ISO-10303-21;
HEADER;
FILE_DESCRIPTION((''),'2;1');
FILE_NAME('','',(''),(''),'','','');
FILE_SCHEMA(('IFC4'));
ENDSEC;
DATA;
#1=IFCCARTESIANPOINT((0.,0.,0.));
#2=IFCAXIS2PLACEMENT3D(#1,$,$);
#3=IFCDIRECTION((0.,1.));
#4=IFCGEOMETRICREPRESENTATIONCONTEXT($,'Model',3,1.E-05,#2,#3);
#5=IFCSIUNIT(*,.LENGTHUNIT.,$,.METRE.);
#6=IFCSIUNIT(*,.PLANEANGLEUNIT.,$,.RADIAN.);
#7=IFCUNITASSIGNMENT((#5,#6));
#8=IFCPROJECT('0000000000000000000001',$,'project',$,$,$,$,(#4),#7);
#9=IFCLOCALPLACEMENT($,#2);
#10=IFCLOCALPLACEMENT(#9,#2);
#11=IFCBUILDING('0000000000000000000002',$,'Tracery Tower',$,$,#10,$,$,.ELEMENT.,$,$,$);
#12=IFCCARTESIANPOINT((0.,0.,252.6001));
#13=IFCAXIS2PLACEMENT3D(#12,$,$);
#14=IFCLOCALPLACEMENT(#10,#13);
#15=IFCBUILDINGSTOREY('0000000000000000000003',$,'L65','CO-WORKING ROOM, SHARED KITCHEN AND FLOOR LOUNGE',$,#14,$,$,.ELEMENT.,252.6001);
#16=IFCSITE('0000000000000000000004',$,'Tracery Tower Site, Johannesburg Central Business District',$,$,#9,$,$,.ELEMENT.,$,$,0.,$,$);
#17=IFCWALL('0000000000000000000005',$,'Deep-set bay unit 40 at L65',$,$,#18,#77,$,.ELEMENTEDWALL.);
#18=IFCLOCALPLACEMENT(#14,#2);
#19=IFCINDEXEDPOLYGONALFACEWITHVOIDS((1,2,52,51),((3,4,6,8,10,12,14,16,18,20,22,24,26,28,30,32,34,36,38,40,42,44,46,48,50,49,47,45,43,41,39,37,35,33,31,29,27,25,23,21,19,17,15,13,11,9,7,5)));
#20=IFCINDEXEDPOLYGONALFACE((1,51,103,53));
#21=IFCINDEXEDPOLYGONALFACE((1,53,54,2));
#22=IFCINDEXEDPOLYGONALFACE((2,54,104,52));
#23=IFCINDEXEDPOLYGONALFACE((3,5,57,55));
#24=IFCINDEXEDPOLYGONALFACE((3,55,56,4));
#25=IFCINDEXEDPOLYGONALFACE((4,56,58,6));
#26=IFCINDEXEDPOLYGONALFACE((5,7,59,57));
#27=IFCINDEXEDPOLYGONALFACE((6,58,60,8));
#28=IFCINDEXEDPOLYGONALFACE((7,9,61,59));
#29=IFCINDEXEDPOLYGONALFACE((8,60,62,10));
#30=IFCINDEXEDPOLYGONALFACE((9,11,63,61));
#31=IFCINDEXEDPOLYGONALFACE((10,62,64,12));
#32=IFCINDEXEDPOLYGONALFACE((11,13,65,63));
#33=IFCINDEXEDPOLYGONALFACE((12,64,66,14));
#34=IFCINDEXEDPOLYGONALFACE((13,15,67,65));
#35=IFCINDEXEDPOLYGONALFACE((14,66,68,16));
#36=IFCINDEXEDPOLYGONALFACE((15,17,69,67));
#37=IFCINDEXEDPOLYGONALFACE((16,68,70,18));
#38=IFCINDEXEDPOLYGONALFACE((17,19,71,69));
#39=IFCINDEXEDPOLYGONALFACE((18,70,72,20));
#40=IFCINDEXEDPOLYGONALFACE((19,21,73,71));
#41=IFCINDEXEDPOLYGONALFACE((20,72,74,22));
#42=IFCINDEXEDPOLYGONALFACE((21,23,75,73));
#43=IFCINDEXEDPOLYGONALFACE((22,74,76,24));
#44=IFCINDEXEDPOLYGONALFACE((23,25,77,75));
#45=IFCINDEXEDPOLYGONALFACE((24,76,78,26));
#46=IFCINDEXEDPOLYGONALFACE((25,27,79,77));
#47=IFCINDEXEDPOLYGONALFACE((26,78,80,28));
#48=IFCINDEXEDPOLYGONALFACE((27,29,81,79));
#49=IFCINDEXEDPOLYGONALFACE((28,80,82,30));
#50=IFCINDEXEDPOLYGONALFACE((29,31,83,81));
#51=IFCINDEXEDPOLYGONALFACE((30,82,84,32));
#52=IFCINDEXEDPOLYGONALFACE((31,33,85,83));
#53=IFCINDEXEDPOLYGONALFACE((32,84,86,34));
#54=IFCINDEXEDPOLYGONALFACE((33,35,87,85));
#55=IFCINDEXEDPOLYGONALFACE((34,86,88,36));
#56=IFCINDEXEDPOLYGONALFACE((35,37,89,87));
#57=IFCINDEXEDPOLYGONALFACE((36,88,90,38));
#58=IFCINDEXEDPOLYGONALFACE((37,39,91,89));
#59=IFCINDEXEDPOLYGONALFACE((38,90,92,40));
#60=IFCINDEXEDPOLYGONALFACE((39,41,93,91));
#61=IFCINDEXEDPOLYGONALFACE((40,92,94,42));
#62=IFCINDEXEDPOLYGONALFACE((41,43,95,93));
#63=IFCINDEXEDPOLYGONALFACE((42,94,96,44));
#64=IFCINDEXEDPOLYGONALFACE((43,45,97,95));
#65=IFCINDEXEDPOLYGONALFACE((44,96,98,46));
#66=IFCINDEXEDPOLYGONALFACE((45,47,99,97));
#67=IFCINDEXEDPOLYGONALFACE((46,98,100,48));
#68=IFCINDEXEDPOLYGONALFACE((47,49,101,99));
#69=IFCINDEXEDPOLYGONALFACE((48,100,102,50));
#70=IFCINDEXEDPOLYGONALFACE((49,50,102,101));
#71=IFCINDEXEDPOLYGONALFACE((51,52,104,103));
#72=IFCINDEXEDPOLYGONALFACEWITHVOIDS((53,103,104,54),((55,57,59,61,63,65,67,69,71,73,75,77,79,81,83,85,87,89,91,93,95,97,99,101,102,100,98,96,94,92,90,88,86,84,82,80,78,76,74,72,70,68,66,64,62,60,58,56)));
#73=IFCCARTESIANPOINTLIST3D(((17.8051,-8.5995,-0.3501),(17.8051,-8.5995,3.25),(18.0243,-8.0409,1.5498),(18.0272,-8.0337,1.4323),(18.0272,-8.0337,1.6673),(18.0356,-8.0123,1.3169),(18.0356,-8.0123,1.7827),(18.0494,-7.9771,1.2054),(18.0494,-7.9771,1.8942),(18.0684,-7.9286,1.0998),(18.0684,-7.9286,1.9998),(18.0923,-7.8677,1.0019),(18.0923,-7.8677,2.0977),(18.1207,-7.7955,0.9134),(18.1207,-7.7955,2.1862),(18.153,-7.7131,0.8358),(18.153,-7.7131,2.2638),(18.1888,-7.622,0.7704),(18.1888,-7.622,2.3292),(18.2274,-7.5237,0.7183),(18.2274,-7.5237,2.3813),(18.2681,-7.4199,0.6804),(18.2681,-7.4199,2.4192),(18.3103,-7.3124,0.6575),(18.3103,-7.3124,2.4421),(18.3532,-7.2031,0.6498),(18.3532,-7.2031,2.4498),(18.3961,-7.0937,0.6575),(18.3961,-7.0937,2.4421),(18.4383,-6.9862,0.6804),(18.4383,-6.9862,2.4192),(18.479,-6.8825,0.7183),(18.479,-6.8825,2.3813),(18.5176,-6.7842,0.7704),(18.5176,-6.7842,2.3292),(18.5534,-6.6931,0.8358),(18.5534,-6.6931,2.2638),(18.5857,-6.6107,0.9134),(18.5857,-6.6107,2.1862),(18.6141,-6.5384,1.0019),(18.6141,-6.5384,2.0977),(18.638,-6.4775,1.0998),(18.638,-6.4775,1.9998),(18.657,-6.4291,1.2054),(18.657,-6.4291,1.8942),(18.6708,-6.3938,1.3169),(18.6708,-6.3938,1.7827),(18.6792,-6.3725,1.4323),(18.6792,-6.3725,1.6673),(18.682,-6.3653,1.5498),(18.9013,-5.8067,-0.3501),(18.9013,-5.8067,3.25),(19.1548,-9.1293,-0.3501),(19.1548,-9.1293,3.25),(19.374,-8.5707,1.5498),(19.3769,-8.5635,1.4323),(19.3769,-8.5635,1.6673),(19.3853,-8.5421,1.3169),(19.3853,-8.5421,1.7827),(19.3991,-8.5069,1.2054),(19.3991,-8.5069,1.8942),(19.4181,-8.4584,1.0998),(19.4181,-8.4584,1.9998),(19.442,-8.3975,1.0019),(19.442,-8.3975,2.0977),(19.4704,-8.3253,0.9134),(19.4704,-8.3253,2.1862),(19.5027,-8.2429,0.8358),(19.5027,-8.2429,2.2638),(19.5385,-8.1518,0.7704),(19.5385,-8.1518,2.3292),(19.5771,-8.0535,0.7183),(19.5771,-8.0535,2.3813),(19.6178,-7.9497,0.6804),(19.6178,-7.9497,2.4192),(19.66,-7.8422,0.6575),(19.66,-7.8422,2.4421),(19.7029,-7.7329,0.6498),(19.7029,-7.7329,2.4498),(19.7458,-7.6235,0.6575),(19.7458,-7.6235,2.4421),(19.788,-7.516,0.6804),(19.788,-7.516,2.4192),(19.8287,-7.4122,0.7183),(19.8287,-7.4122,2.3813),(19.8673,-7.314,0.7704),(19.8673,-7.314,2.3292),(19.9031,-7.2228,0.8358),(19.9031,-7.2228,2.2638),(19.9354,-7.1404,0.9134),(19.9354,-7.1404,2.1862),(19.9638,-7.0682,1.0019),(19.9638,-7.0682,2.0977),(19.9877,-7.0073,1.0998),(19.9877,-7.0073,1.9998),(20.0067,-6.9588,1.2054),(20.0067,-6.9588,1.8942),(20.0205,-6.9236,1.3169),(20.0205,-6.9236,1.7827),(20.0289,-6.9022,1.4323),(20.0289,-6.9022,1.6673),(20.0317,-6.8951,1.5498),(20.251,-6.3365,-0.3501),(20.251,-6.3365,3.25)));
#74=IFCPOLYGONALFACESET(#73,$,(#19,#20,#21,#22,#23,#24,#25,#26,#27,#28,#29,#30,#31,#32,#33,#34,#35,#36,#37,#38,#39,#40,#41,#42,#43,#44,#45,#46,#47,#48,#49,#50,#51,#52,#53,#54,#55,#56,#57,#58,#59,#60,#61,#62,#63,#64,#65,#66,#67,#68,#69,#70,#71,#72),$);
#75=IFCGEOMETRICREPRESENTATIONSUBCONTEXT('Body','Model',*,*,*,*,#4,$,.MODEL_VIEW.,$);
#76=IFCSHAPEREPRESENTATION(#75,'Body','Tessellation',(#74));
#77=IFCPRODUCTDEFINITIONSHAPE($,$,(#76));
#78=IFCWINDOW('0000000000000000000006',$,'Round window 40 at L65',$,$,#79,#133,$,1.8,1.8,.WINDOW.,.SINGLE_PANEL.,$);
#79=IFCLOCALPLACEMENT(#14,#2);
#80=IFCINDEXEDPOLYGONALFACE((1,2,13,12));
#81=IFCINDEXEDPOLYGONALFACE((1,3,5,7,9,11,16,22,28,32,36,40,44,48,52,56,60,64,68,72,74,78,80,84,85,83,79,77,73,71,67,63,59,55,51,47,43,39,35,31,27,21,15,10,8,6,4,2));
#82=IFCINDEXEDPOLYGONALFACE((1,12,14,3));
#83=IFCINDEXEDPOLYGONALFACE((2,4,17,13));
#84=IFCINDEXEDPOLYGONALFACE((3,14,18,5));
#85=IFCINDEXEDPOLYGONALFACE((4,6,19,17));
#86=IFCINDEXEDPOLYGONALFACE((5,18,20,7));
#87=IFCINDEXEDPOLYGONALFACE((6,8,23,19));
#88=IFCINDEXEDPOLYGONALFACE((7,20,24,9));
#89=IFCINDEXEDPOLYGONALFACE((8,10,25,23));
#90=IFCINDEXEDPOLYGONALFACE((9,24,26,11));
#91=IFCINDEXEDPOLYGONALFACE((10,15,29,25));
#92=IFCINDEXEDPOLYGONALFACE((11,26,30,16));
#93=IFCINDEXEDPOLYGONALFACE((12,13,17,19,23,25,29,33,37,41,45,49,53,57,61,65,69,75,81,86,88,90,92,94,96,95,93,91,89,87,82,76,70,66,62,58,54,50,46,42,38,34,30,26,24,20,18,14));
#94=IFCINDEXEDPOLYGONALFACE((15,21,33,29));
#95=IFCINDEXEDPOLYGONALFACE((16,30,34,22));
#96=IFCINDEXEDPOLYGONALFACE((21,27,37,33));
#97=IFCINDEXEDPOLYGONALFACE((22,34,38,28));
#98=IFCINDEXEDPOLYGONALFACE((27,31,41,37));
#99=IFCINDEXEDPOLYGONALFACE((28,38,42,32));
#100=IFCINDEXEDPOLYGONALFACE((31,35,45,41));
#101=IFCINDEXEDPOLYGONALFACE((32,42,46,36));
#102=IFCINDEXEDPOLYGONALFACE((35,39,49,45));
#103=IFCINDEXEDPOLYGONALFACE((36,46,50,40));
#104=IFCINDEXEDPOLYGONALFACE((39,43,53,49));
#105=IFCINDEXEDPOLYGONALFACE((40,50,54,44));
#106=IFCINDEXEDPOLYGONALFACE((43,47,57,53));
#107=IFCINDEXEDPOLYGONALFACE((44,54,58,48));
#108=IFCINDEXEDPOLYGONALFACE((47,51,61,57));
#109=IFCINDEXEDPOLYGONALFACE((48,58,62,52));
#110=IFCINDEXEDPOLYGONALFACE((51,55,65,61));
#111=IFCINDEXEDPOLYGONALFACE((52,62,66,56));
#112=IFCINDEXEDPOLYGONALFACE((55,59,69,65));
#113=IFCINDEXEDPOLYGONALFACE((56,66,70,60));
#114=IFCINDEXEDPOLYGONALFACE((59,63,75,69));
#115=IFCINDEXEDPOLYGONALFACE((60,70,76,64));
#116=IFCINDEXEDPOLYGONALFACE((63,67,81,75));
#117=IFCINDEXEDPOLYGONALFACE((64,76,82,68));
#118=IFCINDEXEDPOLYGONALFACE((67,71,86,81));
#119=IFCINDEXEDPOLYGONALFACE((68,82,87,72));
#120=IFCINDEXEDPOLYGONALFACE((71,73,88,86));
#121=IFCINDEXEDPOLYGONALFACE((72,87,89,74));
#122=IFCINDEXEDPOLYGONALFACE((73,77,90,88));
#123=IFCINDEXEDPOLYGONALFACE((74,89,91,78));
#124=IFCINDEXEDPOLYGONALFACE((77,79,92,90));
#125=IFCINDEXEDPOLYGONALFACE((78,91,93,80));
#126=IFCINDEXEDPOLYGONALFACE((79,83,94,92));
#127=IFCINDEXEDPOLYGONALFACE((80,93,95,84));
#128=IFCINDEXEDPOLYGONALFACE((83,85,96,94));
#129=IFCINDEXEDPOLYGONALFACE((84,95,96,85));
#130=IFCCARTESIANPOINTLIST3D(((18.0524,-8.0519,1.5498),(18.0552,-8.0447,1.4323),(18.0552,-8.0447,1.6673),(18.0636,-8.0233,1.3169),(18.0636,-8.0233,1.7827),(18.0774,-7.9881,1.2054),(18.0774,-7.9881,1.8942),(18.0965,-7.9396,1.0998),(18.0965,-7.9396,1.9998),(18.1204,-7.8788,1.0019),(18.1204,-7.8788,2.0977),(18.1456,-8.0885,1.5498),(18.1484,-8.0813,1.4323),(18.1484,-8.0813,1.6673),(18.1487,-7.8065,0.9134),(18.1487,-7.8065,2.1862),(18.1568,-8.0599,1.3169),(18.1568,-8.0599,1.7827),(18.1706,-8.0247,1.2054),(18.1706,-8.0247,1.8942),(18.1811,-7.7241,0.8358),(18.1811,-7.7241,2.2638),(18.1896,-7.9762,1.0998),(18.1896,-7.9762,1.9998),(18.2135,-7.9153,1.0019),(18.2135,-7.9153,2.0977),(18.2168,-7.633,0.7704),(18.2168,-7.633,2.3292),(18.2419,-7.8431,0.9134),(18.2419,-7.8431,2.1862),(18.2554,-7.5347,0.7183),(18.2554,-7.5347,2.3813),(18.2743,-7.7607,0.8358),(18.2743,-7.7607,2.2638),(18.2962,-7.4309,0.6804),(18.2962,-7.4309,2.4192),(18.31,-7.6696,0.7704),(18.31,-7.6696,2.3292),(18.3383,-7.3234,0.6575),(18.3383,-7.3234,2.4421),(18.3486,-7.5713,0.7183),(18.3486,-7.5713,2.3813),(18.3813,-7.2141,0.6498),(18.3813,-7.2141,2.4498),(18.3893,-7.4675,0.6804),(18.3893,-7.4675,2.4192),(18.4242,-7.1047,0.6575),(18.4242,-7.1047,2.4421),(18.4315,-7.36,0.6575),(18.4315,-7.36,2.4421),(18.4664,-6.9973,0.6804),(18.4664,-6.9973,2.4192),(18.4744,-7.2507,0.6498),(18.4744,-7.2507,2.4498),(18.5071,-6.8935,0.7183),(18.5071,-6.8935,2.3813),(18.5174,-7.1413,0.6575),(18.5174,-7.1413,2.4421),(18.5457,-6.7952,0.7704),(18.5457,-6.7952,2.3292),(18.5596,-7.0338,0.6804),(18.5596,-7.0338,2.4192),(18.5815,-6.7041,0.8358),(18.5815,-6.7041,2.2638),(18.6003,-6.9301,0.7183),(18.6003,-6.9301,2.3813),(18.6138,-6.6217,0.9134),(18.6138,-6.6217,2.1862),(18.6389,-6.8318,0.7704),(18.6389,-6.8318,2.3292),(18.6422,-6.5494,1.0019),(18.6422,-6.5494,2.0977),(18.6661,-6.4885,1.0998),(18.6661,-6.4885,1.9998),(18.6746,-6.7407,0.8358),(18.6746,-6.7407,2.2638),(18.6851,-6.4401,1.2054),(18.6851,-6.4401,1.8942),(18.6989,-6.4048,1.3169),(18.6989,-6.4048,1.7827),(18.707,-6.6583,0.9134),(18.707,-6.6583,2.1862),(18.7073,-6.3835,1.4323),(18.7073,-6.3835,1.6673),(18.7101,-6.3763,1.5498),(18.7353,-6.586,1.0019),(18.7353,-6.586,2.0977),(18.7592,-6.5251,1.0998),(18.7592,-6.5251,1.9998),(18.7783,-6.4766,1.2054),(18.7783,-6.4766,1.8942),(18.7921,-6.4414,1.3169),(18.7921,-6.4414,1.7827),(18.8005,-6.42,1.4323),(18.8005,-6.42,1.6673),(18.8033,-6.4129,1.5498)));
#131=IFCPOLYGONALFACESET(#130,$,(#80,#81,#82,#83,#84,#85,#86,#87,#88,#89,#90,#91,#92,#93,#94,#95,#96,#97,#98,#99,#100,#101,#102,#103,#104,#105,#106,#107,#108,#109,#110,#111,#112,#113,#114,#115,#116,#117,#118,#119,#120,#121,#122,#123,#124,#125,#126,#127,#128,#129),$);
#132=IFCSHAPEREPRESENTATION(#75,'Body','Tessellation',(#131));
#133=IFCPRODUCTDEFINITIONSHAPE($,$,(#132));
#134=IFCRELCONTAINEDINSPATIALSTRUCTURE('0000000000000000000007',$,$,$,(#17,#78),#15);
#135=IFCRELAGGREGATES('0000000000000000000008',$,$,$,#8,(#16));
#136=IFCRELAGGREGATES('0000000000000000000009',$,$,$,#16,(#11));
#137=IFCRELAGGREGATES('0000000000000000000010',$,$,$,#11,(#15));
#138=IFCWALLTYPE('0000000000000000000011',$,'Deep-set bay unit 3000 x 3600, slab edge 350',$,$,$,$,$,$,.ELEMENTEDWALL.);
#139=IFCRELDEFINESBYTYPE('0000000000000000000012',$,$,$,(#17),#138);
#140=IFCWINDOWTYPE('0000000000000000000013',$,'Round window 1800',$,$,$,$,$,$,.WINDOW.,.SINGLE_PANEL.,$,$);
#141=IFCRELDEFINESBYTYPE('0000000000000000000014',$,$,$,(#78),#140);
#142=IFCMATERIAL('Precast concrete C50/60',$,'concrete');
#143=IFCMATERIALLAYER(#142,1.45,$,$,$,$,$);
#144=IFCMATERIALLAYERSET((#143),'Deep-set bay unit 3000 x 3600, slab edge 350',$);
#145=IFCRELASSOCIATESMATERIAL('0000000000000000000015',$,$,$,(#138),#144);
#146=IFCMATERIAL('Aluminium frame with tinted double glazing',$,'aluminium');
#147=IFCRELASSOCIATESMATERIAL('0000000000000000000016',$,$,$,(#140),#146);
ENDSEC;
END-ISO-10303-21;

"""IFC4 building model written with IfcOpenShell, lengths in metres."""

from ifc_helpers import new_model, si_unit, direction, frame, frame_2d, origin, origin_2d, place, context, subcontext, project, spatial, rectangle, circle, extrude, material, layer, layer_set, type_object, element, fill, save


model = new_model("IFC4")

# Units and contexts
model_context = context("Model", 3, precision=1e-05, world=origin(), true_north=direction((0.0, 1.0)))
body_context = subcontext(model_context, "Body", "Model", "MODEL_VIEW")
ifc_project = project(units=[si_unit("LENGTHUNIT", "METRE"), si_unit("PLANEANGLEUNIT", "RADIAN")], contexts=[model_context])

# Site, building, storey
site_placement = place(None, origin())
site = spatial("IfcSite", under=ifc_project, at=site_placement, Name="Tracery Tower Site, Johannesburg Central Business District", CompositionType="ELEMENT", RefElevation=0.0)
building_placement = place(site_placement, origin())
building = spatial("IfcBuilding", under=site, at=building_placement, Name="Tracery Tower", CompositionType="ELEMENT")
storey_placement = place(building_placement, frame((0.0, 0.0, 252.6001)))
storey = spatial("IfcBuildingStorey", under=building, at=storey_placement, Name="L65", Description="CO-WORKING ROOM, SHARED KITCHEN AND FLOOR LOUNGE", CompositionType="ELEMENT", Elevation=252.6001)

# Wall, opening, window
ifc_material_1 = material(Name="Precast concrete C50/60", Category="concrete")
ifc_layer_1 = layer(ifc_material_1, 1.45)
ifc_layer_set_1 = layer_set([ifc_layer_1], Name="Deep-set bay unit 3000 x 3600, slab edge 350")
wall_type_1 = type_object("IfcWallType", Name="Deep-set bay unit 3000 x 3600, slab edge 350", PredefinedType="ELEMENTEDWALL", material=ifc_layer_set_1)
ifc_material_2 = material(Name="Aluminium frame with tinted double glazing", Category="aluminium")
window_type = type_object("IfcWindowType", Name="Round window 1800", PartitioningType="SINGLE_PANEL", PredefinedType="WINDOW", material=ifc_material_2)
wall_1_placement = place(storey_placement, frame((18.48, -8.8643, -0.3501), z_axis=(0.0, 0.0, 1.0), x_axis=(0.365378, 0.930859, 0.0)))
wall_1 = element("IfcWall", 1, at=wall_1_placement, inside=storey, type_object=wall_type_1, Name="Deep-set bay unit 40 at L65", PredefinedType="ELEMENTEDWALL", context=body_context, shape_type="SweptSolid", body=[
    extrude(rectangle(XDim=3.0002, YDim=1.45, at=frame_2d((1.5, 0.0))), origin(), (0.0, 0.0, 1.0), 3.6001),
])
opening_1_placement = place(wall_1_placement, frame((1.5, 0.0, 1.8999)))
opening_1 = element("IfcOpeningElement", 2, at=opening_1_placement, cuts=wall_1, PredefinedType="OPENING", context=body_context, shape_type="SweptSolid", body=[
    extrude(circle(Radius=0.9, at=origin_2d()), frame((0.0, 0.7349, 0.0), z_axis=(0.0, -1.0, 0.0), x_axis=(1.0, 0.0, 0.0)), (0.0, 0.0, 1.0), 1.47),
])
window_1_placement = place(opening_1_placement, origin())
window_1 = element("IfcWindow", 3, at=window_1_placement, inside=storey, type_object=window_type, Name="Round window 40 at L65", OverallHeight=1.8, OverallWidth=1.8, PartitioningType="SINGLE_PANEL", PredefinedType="WINDOW", context=body_context, shape_type="SweptSolid", body=[
    extrude(circle(Radius=0.9, at=origin_2d()), frame((0.0, 0.6948, 0.0), z_axis=(0.0, -1.0, 0.0), x_axis=(1.0, 0.0, 0.0)), (0.0, 0.0, 1.0), 0.1001),
])
fill(opening_1, window_1)

save(model, "model.ifc")
